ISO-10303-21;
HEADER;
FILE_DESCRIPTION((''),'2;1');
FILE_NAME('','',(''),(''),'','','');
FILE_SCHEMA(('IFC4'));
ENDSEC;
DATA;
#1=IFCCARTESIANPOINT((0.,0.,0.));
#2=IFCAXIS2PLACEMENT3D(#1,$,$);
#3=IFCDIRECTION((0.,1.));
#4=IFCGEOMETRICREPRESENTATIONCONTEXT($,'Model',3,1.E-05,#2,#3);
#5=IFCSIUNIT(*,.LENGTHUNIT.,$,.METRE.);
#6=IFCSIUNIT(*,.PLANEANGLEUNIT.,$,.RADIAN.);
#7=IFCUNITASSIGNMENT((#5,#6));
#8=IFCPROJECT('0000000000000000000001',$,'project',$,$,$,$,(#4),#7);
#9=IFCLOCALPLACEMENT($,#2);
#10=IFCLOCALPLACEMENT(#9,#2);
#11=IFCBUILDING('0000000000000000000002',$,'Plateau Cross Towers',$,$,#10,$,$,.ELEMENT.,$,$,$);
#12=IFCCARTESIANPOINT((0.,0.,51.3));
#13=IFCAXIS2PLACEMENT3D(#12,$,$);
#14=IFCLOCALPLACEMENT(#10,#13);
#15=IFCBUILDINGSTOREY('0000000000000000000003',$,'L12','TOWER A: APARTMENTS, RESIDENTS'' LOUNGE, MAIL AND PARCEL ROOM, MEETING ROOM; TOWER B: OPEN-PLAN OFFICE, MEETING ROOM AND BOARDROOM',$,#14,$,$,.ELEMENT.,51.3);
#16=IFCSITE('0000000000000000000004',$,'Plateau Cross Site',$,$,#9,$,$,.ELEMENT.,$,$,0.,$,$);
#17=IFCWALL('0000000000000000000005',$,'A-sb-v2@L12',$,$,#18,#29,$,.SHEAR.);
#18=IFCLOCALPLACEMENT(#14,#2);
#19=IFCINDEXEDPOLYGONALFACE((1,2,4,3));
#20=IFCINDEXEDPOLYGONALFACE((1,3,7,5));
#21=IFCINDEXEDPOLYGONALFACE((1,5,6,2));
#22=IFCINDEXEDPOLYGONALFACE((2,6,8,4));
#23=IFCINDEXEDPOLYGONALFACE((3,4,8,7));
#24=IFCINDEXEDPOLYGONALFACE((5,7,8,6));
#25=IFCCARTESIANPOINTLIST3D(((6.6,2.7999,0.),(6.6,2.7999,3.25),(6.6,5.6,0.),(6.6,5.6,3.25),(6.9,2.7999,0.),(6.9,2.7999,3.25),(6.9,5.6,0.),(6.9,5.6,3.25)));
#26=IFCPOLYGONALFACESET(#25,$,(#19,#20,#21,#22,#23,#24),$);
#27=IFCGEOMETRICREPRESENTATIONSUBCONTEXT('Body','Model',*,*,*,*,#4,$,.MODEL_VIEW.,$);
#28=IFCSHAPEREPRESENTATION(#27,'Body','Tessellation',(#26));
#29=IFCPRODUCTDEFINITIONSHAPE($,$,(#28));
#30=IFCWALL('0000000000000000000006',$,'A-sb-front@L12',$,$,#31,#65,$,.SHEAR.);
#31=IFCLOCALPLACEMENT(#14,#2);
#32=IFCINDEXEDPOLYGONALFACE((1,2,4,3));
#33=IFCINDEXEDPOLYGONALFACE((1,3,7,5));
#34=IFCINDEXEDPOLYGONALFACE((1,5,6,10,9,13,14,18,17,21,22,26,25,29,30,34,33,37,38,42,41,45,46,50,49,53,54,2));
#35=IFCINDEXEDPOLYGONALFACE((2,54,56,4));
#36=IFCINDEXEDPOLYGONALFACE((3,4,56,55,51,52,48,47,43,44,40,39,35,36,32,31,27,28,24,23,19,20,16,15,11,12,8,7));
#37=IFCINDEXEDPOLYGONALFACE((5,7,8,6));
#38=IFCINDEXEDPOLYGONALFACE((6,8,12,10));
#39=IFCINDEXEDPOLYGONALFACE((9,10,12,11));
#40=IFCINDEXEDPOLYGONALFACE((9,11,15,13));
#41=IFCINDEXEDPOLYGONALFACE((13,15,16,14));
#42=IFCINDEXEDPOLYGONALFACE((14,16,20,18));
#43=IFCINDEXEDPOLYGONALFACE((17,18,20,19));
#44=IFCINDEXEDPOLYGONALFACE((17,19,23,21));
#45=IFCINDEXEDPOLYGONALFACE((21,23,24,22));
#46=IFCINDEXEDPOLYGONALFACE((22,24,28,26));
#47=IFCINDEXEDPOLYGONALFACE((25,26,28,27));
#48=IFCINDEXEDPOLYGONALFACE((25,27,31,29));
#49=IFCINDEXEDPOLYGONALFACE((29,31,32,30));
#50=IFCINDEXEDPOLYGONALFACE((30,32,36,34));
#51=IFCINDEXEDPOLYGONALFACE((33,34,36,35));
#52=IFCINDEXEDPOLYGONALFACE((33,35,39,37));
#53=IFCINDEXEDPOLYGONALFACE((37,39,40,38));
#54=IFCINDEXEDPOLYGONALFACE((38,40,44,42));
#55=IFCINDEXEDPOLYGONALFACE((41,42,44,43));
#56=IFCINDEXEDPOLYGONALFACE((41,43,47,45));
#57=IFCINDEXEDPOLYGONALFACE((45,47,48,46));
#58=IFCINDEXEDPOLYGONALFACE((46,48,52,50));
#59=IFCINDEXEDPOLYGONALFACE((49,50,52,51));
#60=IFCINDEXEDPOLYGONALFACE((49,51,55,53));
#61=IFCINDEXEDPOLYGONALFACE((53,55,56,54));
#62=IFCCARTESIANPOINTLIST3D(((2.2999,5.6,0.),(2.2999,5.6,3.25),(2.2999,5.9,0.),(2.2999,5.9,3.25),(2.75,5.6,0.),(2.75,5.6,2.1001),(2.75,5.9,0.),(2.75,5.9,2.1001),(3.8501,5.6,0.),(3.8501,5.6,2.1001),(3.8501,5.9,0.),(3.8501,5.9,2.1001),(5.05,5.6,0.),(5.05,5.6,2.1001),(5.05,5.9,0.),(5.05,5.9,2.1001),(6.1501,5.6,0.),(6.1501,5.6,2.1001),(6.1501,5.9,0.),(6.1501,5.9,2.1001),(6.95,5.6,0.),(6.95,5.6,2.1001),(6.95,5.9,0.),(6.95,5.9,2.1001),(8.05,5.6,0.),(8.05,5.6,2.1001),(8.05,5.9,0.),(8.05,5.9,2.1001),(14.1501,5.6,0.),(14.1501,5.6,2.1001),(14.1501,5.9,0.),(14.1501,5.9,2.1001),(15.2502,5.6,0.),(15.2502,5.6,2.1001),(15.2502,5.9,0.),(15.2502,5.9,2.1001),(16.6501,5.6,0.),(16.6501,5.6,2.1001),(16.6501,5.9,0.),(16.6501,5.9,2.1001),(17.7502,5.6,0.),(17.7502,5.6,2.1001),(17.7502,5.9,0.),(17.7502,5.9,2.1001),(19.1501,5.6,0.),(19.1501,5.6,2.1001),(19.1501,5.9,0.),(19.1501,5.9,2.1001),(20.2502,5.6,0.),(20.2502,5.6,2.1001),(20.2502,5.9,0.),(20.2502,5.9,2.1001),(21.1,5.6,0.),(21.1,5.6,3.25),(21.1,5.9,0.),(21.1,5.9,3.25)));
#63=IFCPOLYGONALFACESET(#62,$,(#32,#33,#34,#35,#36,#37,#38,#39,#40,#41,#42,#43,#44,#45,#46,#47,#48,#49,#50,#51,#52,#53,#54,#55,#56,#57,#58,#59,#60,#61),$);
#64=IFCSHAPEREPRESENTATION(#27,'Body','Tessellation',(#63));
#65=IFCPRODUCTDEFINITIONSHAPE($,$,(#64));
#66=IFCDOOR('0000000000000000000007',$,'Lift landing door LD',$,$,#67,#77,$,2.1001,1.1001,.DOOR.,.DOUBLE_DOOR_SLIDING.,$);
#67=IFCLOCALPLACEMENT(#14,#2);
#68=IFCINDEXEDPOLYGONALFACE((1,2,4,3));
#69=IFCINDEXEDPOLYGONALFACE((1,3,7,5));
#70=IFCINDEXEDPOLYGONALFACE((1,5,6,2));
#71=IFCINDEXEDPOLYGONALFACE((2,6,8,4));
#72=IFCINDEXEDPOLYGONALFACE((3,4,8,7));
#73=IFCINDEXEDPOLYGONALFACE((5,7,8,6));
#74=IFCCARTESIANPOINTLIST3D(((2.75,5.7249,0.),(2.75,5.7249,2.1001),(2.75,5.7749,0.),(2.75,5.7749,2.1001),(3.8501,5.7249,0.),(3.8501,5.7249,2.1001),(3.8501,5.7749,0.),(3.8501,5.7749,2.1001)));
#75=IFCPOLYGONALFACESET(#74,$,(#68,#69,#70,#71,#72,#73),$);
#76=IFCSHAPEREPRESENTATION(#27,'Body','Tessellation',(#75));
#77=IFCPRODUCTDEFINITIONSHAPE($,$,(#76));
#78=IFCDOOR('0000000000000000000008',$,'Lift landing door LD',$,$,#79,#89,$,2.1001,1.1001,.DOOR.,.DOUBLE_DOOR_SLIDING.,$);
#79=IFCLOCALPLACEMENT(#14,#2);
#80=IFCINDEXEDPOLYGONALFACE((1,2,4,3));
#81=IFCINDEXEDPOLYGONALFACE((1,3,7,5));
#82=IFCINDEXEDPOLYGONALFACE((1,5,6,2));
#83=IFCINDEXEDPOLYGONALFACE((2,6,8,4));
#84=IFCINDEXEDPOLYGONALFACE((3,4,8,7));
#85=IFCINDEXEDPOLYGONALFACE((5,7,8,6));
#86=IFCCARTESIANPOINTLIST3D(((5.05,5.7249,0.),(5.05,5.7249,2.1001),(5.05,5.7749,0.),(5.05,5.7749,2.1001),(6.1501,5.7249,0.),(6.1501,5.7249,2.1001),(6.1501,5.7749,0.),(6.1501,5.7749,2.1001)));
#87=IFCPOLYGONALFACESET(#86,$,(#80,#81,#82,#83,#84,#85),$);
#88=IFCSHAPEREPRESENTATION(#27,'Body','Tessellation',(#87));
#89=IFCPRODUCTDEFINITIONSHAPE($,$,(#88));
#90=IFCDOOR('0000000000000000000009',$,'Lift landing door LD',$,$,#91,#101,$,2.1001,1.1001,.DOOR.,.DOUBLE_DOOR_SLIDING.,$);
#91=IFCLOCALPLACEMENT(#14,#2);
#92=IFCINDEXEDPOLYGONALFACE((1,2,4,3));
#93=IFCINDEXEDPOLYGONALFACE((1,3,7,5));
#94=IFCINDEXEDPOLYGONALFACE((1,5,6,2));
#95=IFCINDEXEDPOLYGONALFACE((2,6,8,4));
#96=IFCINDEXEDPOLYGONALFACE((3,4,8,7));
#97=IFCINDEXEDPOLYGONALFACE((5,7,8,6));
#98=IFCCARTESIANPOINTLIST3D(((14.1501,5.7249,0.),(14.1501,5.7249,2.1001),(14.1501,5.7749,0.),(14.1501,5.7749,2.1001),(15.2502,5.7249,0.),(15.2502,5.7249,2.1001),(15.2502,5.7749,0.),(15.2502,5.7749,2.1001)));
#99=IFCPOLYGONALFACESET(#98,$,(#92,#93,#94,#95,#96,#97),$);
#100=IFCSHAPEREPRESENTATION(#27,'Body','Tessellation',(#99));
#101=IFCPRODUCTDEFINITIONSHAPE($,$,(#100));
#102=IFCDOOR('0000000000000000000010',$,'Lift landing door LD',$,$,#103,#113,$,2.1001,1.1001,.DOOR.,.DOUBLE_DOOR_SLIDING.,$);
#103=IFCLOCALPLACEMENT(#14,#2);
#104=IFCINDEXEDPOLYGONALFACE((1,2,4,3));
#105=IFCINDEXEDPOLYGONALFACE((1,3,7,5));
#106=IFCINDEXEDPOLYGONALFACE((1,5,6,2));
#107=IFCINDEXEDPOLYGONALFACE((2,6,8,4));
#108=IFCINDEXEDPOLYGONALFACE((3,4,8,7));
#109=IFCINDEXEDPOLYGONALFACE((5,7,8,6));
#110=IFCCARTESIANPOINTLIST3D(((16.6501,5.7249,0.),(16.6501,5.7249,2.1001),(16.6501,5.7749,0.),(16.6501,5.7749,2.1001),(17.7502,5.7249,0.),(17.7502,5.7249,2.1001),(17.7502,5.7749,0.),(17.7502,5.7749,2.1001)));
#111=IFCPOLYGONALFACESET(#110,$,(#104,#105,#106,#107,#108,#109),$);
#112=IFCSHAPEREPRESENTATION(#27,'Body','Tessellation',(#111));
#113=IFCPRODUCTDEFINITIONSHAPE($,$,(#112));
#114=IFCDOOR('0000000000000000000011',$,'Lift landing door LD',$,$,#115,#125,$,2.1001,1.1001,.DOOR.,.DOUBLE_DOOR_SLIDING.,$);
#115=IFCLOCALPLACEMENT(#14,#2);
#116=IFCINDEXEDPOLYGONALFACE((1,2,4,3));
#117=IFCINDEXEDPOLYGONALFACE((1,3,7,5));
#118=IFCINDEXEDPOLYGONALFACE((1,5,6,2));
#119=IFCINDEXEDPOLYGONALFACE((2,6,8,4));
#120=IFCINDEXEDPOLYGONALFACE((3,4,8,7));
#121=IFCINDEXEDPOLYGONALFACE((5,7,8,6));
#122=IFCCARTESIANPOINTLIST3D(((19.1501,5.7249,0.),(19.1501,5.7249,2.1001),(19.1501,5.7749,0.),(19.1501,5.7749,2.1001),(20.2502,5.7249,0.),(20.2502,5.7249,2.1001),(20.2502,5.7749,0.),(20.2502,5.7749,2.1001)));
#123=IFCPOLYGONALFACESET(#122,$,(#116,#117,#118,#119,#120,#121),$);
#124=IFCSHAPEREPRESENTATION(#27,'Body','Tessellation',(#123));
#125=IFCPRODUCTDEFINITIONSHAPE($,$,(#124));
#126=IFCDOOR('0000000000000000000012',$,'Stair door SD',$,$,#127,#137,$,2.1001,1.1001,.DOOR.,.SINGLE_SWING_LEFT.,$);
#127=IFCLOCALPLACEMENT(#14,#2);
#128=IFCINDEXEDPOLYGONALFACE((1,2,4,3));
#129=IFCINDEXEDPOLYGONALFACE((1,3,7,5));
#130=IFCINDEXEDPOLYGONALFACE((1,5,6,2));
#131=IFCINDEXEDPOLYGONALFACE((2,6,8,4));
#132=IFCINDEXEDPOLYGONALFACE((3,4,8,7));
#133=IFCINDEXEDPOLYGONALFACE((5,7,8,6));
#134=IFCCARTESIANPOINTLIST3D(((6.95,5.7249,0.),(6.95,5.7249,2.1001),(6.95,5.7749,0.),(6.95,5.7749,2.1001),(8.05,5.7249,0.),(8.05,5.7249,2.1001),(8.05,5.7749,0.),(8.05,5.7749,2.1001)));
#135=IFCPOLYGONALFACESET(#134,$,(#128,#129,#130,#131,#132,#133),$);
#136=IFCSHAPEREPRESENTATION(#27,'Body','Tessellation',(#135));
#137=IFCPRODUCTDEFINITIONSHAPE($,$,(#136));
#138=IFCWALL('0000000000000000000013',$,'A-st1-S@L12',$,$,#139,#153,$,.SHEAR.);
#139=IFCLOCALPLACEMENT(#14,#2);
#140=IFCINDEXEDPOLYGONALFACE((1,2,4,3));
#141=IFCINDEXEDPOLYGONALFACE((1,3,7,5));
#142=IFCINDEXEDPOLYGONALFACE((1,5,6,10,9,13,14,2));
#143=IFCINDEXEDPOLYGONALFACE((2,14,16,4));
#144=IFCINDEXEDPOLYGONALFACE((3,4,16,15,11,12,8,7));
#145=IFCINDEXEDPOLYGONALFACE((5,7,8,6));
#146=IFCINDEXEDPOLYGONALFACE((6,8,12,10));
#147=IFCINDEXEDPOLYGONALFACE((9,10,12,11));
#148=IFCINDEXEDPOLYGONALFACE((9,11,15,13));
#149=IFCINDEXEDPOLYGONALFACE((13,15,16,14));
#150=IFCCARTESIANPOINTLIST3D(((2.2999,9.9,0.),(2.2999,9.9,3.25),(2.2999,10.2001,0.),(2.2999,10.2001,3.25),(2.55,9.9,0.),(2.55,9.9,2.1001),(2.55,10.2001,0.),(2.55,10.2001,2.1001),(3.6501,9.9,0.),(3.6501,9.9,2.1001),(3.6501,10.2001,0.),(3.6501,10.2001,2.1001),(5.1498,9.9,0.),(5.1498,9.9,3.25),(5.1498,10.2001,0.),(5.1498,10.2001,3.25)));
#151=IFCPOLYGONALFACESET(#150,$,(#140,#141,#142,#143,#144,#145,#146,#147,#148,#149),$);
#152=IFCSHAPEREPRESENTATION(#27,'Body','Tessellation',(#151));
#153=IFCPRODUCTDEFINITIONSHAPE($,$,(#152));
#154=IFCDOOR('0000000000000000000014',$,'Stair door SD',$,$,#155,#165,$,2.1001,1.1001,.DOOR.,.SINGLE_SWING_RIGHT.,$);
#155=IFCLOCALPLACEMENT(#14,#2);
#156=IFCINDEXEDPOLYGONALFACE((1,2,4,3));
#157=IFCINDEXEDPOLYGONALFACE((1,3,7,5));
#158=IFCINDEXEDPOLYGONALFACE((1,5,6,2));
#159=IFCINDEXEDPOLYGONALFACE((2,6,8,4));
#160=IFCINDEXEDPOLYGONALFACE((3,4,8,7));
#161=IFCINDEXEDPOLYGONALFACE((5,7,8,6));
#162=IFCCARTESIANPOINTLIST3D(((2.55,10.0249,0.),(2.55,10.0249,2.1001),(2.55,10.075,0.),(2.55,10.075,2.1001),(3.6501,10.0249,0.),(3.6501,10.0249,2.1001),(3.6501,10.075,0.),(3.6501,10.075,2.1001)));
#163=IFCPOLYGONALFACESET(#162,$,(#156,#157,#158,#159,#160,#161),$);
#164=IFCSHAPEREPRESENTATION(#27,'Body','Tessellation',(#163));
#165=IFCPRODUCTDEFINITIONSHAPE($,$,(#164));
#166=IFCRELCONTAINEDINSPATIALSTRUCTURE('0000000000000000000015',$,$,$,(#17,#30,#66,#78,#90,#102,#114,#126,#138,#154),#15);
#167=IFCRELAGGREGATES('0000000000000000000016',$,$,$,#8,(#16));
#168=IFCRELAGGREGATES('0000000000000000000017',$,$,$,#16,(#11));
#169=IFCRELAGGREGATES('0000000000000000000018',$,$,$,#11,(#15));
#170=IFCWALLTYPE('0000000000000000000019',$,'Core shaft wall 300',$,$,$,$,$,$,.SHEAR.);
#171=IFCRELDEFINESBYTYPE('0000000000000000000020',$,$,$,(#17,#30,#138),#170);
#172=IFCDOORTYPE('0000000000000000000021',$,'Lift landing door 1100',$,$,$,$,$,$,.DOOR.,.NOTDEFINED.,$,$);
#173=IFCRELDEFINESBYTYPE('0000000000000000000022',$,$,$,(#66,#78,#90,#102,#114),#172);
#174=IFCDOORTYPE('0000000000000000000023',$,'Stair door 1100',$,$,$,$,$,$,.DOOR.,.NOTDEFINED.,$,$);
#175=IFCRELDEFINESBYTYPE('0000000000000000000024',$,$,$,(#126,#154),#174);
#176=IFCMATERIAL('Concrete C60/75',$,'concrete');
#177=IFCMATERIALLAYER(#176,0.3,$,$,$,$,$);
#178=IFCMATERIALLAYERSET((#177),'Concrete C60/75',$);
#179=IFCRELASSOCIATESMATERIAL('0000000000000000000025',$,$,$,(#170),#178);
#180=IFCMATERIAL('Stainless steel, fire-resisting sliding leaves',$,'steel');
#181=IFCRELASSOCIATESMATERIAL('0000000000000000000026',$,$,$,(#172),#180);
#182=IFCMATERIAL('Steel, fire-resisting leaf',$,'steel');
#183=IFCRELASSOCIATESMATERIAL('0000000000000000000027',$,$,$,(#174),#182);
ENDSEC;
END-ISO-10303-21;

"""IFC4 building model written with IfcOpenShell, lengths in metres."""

from ifc_helpers import new_model, si_unit, direction, frame, frame_2d, origin, place, context, subcontext, project, spatial, rectangle, extrude, material, layer, layer_set, type_object, element, fill, save


model = new_model("IFC4")

# Units and contexts
model_context = context("Model", 3, precision=1e-05, world=origin(), true_north=direction((0.0, 1.0)))
body_context = subcontext(model_context, "Body", "Model", "MODEL_VIEW")
ifc_project = project(units=[si_unit("LENGTHUNIT", "METRE"), si_unit("PLANEANGLEUNIT", "RADIAN")], contexts=[model_context])

# Site, building, storey
site_placement = place(None, origin())
site = spatial("IfcSite", under=ifc_project, at=site_placement, Name="Plateau Cross Site", CompositionType="ELEMENT", RefElevation=0.0)
building_placement = place(site_placement, origin())
building = spatial("IfcBuilding", under=site, at=building_placement, Name="Plateau Cross Towers", CompositionType="ELEMENT")
storey_placement = place(building_placement, frame((0.0, 0.0, 51.3)))
storey = spatial("IfcBuildingStorey", under=building, at=storey_placement, Name="L12", Description="TOWER A: APARTMENTS, RESIDENTS' LOUNGE, MAIL AND PARCEL ROOM, MEETING ROOM; TOWER B: OPEN-PLAN OFFICE, MEETING ROOM AND BOARDROOM", CompositionType="ELEMENT", Elevation=51.3)

# Shared definitions
ifc_material_1 = material(Name="Steel, fire-resisting leaf", Category="steel")

# Wall
ifc_material_2 = material(Name="Concrete C60/75", Category="concrete")
ifc_layer_1 = layer(ifc_material_2, 0.3)
ifc_layer_set_1 = layer_set([ifc_layer_1], Name="Concrete C60/75")
wall_type_1 = type_object("IfcWallType", Name="Core shaft wall 300", PredefinedType="SHEAR", material=ifc_layer_set_1)
wall_1_placement = place(storey_placement, frame((6.75, 2.8, 0.0), z_axis=(0.0, 0.0, 1.0), x_axis=(0.0, 1.0, 0.0)))
element("IfcWall", 1, at=wall_1_placement, inside=storey, type_object=wall_type_1, Name="A-sb-v2@L12", PredefinedType="SHEAR", context=body_context, shape_type="SweptSolid", body=[
    extrude(rectangle(XDim=2.8, YDim=0.3, at=frame_2d((1.3999, 0.0))), origin(), (0.0, 0.0, 1.0), 3.25),
])

# Wall, openings, doors
wall_2_placement = place(storey_placement, frame((2.3, 5.75, 0.0), z_axis=(0.0, 0.0, 1.0), x_axis=(1.0, 0.0, 0.0)))
wall_2 = element("IfcWall", 2, at=wall_2_placement, inside=storey, type_object=wall_type_1, Name="A-sb-front@L12", PredefinedType="SHEAR", context=body_context, shape_type="SweptSolid", body=[
    extrude(rectangle(XDim=18.8, YDim=0.3, at=frame_2d((9.3999, 0.0))), origin(), (0.0, 0.0, 1.0), 3.25),
])
opening_1_placement = place(wall_2_placement, frame((4.6499, 0.0, 0.0)))
opening_1 = element("IfcOpeningElement", 3, at=opening_1_placement, cuts=wall_2, PredefinedType="OPENING", context=body_context, shape_type="SweptSolid", body=[
    extrude(rectangle(XDim=1.1001, YDim=2.1001, at=frame_2d((0.55, 1.05))), frame((0.0, 0.1599, 0.0), z_axis=(0.0, -1.0, 0.0), x_axis=(1.0, 0.0, 0.0)), (0.0, 0.0, 1.0), 0.3201),
])
opening_2_placement = place(wall_2_placement, frame((0.45, 0.0, 0.0)))
opening_2 = element("IfcOpeningElement", 4, at=opening_2_placement, cuts=wall_2, PredefinedType="OPENING", context=body_context, shape_type="SweptSolid", body=[
    extrude(rectangle(XDim=1.1001, YDim=2.1001, at=frame_2d((0.55, 1.05))), frame((0.0, 0.1599, 0.0), z_axis=(0.0, -1.0, 0.0), x_axis=(1.0, 0.0, 0.0)), (0.0, 0.0, 1.0), 0.3201),
])
opening_3_placement = place(wall_2_placement, frame((2.75, 0.0, 0.0)))
opening_3 = element("IfcOpeningElement", 5, at=opening_3_placement, cuts=wall_2, PredefinedType="OPENING", context=body_context, shape_type="SweptSolid", body=[
    extrude(rectangle(XDim=1.1001, YDim=2.1001, at=frame_2d((0.55, 1.05))), frame((0.0, 0.1599, 0.0), z_axis=(0.0, -1.0, 0.0), x_axis=(1.0, 0.0, 0.0)), (0.0, 0.0, 1.0), 0.3201),
])
opening_4_placement = place(wall_2_placement, frame((11.8501, 0.0, 0.0)))
opening_4 = element("IfcOpeningElement", 6, at=opening_4_placement, cuts=wall_2, PredefinedType="OPENING", context=body_context, shape_type="SweptSolid", body=[
    extrude(rectangle(XDim=1.1001, YDim=2.1001, at=frame_2d((0.55, 1.05))), frame((0.0, 0.1599, 0.0), z_axis=(0.0, -1.0, 0.0), x_axis=(1.0, 0.0, 0.0)), (0.0, 0.0, 1.0), 0.3201),
])
opening_5_placement = place(wall_2_placement, frame((14.3501, 0.0, 0.0)))
opening_5 = element("IfcOpeningElement", 7, at=opening_5_placement, cuts=wall_2, PredefinedType="OPENING", context=body_context, shape_type="SweptSolid", body=[
    extrude(rectangle(XDim=1.1001, YDim=2.1001, at=frame_2d((0.55, 1.05))), frame((0.0, 0.1599, 0.0), z_axis=(0.0, -1.0, 0.0), x_axis=(1.0, 0.0, 0.0)), (0.0, 0.0, 1.0), 0.3201),
])
opening_6_placement = place(wall_2_placement, frame((16.8501, 0.0, 0.0)))
opening_6 = element("IfcOpeningElement", 8, at=opening_6_placement, cuts=wall_2, PredefinedType="OPENING", context=body_context, shape_type="SweptSolid", body=[
    extrude(rectangle(XDim=1.1001, YDim=2.1001, at=frame_2d((0.55, 1.05))), frame((0.0, 0.1599, 0.0), z_axis=(0.0, -1.0, 0.0), x_axis=(1.0, 0.0, 0.0)), (0.0, 0.0, 1.0), 0.3201),
])
ifc_material_3 = material(Name="Stainless steel, fire-resisting sliding leaves", Category="steel")
door_type_1 = type_object("IfcDoorType", Name="Lift landing door 1100", OperationType="NOTDEFINED", PredefinedType="DOOR", material=ifc_material_3)
door_1_placement = place(opening_2_placement, origin())
door_1 = element("IfcDoor", 9, at=door_1_placement, inside=storey, type_object=door_type_1, Name="Lift landing door LD", OperationType="DOUBLE_DOOR_SLIDING", OverallHeight=2.1001, OverallWidth=1.1001, PredefinedType="DOOR", context=body_context, shape_type="SweptSolid", body=[
    extrude(rectangle(XDim=1.1001, YDim=2.1001, at=frame_2d((0.55, 1.05))), frame((0.0, 0.0249, 0.0), z_axis=(0.0, -1.0, 0.0), x_axis=(1.0, 0.0, 0.0)), (0.0, 0.0, 1.0), 0.05),
])
fill(opening_2, door_1)
door_2_placement = place(opening_3_placement, origin())
door_2 = element("IfcDoor", 10, at=door_2_placement, inside=storey, type_object=door_type_1, Name="Lift landing door LD", OperationType="DOUBLE_DOOR_SLIDING", OverallHeight=2.1001, OverallWidth=1.1001, PredefinedType="DOOR", context=body_context, shape_type="SweptSolid", body=[
    extrude(rectangle(XDim=1.1001, YDim=2.1001, at=frame_2d((0.55, 1.05))), frame((0.0, 0.0249, 0.0), z_axis=(0.0, -1.0, 0.0), x_axis=(1.0, 0.0, 0.0)), (0.0, 0.0, 1.0), 0.05),
])
fill(opening_3, door_2)
door_3_placement = place(opening_4_placement, origin())
door_3 = element("IfcDoor", 11, at=door_3_placement, inside=storey, type_object=door_type_1, Name="Lift landing door LD", OperationType="DOUBLE_DOOR_SLIDING", OverallHeight=2.1001, OverallWidth=1.1001, PredefinedType="DOOR", context=body_context, shape_type="SweptSolid", body=[
    extrude(rectangle(XDim=1.1001, YDim=2.1001, at=frame_2d((0.55, 1.05))), frame((0.0, 0.0249, 0.0), z_axis=(0.0, -1.0, 0.0), x_axis=(1.0, 0.0, 0.0)), (0.0, 0.0, 1.0), 0.05),
])
fill(opening_4, door_3)
door_4_placement = place(opening_5_placement, origin())
door_4 = element("IfcDoor", 12, at=door_4_placement, inside=storey, type_object=door_type_1, Name="Lift landing door LD", OperationType="DOUBLE_DOOR_SLIDING", OverallHeight=2.1001, OverallWidth=1.1001, PredefinedType="DOOR", context=body_context, shape_type="SweptSolid", body=[
    extrude(rectangle(XDim=1.1001, YDim=2.1001, at=frame_2d((0.55, 1.05))), frame((0.0, 0.0249, 0.0), z_axis=(0.0, -1.0, 0.0), x_axis=(1.0, 0.0, 0.0)), (0.0, 0.0, 1.0), 0.05),
])
fill(opening_5, door_4)
door_5_placement = place(opening_6_placement, origin())
door_5 = element("IfcDoor", 13, at=door_5_placement, inside=storey, type_object=door_type_1, Name="Lift landing door LD", OperationType="DOUBLE_DOOR_SLIDING", OverallHeight=2.1001, OverallWidth=1.1001, PredefinedType="DOOR", context=body_context, shape_type="SweptSolid", body=[
    extrude(rectangle(XDim=1.1001, YDim=2.1001, at=frame_2d((0.55, 1.05))), frame((0.0, 0.0249, 0.0), z_axis=(0.0, -1.0, 0.0), x_axis=(1.0, 0.0, 0.0)), (0.0, 0.0, 1.0), 0.05),
])
fill(opening_6, door_5)
door_type_2 = type_object("IfcDoorType", Name="Stair door 1100", OperationType="NOTDEFINED", PredefinedType="DOOR", material=ifc_material_1)
door_6_placement = place(opening_1_placement, origin())
door_6 = element("IfcDoor", 14, at=door_6_placement, inside=storey, type_object=door_type_2, Name="Stair door SD", OperationType="SINGLE_SWING_LEFT", OverallHeight=2.1001, OverallWidth=1.1001, PredefinedType="DOOR", context=body_context, shape_type="SweptSolid", body=[
    extrude(rectangle(XDim=1.1001, YDim=2.1001, at=frame_2d((0.55, 1.05))), frame((0.0, 0.0249, 0.0), z_axis=(0.0, -1.0, 0.0), x_axis=(1.0, 0.0, 0.0)), (0.0, 0.0, 1.0), 0.05),
])
fill(opening_1, door_6)

# Wall, opening, door
wall_3_placement = place(storey_placement, frame((2.3, 10.05, 0.0), z_axis=(0.0, 0.0, 1.0), x_axis=(1.0, 0.0, 0.0)))
wall_3 = element("IfcWall", 15, at=wall_3_placement, inside=storey, type_object=wall_type_1, Name="A-st1-S@L12", PredefinedType="SHEAR", context=body_context, shape_type="SweptSolid", body=[
    extrude(rectangle(XDim=2.8499, YDim=0.3, at=frame_2d((1.4248, 0.0))), origin(), (0.0, 0.0, 1.0), 3.25),
])
opening_7_placement = place(wall_3_placement, frame((0.25, 0.0, 0.0)))
opening_7 = element("IfcOpeningElement", 16, at=opening_7_placement, cuts=wall_3, PredefinedType="OPENING", context=body_context, shape_type="SweptSolid", body=[
    extrude(rectangle(XDim=1.1001, YDim=2.1001, at=frame_2d((0.55, 1.05))), frame((0.0, 0.1599, 0.0), z_axis=(0.0, -1.0, 0.0), x_axis=(1.0, 0.0, 0.0)), (0.0, 0.0, 1.0), 0.3201),
])
door_7_placement = place(opening_7_placement, origin())
door_7 = element("IfcDoor", 17, at=door_7_placement, inside=storey, type_object=door_type_2, Name="Stair door SD", OperationType="SINGLE_SWING_RIGHT", OverallHeight=2.1001, OverallWidth=1.1001, PredefinedType="DOOR", context=body_context, shape_type="SweptSolid", body=[
    extrude(rectangle(XDim=1.1001, YDim=2.1001, at=frame_2d((0.55, 1.05))), frame((0.0, 0.0249, 0.0), z_axis=(0.0, -1.0, 0.0), x_axis=(1.0, 0.0, 0.0)), (0.0, 0.0, 1.0), 0.05),
])
fill(opening_7, door_7)

save(model, "model.ifc")
